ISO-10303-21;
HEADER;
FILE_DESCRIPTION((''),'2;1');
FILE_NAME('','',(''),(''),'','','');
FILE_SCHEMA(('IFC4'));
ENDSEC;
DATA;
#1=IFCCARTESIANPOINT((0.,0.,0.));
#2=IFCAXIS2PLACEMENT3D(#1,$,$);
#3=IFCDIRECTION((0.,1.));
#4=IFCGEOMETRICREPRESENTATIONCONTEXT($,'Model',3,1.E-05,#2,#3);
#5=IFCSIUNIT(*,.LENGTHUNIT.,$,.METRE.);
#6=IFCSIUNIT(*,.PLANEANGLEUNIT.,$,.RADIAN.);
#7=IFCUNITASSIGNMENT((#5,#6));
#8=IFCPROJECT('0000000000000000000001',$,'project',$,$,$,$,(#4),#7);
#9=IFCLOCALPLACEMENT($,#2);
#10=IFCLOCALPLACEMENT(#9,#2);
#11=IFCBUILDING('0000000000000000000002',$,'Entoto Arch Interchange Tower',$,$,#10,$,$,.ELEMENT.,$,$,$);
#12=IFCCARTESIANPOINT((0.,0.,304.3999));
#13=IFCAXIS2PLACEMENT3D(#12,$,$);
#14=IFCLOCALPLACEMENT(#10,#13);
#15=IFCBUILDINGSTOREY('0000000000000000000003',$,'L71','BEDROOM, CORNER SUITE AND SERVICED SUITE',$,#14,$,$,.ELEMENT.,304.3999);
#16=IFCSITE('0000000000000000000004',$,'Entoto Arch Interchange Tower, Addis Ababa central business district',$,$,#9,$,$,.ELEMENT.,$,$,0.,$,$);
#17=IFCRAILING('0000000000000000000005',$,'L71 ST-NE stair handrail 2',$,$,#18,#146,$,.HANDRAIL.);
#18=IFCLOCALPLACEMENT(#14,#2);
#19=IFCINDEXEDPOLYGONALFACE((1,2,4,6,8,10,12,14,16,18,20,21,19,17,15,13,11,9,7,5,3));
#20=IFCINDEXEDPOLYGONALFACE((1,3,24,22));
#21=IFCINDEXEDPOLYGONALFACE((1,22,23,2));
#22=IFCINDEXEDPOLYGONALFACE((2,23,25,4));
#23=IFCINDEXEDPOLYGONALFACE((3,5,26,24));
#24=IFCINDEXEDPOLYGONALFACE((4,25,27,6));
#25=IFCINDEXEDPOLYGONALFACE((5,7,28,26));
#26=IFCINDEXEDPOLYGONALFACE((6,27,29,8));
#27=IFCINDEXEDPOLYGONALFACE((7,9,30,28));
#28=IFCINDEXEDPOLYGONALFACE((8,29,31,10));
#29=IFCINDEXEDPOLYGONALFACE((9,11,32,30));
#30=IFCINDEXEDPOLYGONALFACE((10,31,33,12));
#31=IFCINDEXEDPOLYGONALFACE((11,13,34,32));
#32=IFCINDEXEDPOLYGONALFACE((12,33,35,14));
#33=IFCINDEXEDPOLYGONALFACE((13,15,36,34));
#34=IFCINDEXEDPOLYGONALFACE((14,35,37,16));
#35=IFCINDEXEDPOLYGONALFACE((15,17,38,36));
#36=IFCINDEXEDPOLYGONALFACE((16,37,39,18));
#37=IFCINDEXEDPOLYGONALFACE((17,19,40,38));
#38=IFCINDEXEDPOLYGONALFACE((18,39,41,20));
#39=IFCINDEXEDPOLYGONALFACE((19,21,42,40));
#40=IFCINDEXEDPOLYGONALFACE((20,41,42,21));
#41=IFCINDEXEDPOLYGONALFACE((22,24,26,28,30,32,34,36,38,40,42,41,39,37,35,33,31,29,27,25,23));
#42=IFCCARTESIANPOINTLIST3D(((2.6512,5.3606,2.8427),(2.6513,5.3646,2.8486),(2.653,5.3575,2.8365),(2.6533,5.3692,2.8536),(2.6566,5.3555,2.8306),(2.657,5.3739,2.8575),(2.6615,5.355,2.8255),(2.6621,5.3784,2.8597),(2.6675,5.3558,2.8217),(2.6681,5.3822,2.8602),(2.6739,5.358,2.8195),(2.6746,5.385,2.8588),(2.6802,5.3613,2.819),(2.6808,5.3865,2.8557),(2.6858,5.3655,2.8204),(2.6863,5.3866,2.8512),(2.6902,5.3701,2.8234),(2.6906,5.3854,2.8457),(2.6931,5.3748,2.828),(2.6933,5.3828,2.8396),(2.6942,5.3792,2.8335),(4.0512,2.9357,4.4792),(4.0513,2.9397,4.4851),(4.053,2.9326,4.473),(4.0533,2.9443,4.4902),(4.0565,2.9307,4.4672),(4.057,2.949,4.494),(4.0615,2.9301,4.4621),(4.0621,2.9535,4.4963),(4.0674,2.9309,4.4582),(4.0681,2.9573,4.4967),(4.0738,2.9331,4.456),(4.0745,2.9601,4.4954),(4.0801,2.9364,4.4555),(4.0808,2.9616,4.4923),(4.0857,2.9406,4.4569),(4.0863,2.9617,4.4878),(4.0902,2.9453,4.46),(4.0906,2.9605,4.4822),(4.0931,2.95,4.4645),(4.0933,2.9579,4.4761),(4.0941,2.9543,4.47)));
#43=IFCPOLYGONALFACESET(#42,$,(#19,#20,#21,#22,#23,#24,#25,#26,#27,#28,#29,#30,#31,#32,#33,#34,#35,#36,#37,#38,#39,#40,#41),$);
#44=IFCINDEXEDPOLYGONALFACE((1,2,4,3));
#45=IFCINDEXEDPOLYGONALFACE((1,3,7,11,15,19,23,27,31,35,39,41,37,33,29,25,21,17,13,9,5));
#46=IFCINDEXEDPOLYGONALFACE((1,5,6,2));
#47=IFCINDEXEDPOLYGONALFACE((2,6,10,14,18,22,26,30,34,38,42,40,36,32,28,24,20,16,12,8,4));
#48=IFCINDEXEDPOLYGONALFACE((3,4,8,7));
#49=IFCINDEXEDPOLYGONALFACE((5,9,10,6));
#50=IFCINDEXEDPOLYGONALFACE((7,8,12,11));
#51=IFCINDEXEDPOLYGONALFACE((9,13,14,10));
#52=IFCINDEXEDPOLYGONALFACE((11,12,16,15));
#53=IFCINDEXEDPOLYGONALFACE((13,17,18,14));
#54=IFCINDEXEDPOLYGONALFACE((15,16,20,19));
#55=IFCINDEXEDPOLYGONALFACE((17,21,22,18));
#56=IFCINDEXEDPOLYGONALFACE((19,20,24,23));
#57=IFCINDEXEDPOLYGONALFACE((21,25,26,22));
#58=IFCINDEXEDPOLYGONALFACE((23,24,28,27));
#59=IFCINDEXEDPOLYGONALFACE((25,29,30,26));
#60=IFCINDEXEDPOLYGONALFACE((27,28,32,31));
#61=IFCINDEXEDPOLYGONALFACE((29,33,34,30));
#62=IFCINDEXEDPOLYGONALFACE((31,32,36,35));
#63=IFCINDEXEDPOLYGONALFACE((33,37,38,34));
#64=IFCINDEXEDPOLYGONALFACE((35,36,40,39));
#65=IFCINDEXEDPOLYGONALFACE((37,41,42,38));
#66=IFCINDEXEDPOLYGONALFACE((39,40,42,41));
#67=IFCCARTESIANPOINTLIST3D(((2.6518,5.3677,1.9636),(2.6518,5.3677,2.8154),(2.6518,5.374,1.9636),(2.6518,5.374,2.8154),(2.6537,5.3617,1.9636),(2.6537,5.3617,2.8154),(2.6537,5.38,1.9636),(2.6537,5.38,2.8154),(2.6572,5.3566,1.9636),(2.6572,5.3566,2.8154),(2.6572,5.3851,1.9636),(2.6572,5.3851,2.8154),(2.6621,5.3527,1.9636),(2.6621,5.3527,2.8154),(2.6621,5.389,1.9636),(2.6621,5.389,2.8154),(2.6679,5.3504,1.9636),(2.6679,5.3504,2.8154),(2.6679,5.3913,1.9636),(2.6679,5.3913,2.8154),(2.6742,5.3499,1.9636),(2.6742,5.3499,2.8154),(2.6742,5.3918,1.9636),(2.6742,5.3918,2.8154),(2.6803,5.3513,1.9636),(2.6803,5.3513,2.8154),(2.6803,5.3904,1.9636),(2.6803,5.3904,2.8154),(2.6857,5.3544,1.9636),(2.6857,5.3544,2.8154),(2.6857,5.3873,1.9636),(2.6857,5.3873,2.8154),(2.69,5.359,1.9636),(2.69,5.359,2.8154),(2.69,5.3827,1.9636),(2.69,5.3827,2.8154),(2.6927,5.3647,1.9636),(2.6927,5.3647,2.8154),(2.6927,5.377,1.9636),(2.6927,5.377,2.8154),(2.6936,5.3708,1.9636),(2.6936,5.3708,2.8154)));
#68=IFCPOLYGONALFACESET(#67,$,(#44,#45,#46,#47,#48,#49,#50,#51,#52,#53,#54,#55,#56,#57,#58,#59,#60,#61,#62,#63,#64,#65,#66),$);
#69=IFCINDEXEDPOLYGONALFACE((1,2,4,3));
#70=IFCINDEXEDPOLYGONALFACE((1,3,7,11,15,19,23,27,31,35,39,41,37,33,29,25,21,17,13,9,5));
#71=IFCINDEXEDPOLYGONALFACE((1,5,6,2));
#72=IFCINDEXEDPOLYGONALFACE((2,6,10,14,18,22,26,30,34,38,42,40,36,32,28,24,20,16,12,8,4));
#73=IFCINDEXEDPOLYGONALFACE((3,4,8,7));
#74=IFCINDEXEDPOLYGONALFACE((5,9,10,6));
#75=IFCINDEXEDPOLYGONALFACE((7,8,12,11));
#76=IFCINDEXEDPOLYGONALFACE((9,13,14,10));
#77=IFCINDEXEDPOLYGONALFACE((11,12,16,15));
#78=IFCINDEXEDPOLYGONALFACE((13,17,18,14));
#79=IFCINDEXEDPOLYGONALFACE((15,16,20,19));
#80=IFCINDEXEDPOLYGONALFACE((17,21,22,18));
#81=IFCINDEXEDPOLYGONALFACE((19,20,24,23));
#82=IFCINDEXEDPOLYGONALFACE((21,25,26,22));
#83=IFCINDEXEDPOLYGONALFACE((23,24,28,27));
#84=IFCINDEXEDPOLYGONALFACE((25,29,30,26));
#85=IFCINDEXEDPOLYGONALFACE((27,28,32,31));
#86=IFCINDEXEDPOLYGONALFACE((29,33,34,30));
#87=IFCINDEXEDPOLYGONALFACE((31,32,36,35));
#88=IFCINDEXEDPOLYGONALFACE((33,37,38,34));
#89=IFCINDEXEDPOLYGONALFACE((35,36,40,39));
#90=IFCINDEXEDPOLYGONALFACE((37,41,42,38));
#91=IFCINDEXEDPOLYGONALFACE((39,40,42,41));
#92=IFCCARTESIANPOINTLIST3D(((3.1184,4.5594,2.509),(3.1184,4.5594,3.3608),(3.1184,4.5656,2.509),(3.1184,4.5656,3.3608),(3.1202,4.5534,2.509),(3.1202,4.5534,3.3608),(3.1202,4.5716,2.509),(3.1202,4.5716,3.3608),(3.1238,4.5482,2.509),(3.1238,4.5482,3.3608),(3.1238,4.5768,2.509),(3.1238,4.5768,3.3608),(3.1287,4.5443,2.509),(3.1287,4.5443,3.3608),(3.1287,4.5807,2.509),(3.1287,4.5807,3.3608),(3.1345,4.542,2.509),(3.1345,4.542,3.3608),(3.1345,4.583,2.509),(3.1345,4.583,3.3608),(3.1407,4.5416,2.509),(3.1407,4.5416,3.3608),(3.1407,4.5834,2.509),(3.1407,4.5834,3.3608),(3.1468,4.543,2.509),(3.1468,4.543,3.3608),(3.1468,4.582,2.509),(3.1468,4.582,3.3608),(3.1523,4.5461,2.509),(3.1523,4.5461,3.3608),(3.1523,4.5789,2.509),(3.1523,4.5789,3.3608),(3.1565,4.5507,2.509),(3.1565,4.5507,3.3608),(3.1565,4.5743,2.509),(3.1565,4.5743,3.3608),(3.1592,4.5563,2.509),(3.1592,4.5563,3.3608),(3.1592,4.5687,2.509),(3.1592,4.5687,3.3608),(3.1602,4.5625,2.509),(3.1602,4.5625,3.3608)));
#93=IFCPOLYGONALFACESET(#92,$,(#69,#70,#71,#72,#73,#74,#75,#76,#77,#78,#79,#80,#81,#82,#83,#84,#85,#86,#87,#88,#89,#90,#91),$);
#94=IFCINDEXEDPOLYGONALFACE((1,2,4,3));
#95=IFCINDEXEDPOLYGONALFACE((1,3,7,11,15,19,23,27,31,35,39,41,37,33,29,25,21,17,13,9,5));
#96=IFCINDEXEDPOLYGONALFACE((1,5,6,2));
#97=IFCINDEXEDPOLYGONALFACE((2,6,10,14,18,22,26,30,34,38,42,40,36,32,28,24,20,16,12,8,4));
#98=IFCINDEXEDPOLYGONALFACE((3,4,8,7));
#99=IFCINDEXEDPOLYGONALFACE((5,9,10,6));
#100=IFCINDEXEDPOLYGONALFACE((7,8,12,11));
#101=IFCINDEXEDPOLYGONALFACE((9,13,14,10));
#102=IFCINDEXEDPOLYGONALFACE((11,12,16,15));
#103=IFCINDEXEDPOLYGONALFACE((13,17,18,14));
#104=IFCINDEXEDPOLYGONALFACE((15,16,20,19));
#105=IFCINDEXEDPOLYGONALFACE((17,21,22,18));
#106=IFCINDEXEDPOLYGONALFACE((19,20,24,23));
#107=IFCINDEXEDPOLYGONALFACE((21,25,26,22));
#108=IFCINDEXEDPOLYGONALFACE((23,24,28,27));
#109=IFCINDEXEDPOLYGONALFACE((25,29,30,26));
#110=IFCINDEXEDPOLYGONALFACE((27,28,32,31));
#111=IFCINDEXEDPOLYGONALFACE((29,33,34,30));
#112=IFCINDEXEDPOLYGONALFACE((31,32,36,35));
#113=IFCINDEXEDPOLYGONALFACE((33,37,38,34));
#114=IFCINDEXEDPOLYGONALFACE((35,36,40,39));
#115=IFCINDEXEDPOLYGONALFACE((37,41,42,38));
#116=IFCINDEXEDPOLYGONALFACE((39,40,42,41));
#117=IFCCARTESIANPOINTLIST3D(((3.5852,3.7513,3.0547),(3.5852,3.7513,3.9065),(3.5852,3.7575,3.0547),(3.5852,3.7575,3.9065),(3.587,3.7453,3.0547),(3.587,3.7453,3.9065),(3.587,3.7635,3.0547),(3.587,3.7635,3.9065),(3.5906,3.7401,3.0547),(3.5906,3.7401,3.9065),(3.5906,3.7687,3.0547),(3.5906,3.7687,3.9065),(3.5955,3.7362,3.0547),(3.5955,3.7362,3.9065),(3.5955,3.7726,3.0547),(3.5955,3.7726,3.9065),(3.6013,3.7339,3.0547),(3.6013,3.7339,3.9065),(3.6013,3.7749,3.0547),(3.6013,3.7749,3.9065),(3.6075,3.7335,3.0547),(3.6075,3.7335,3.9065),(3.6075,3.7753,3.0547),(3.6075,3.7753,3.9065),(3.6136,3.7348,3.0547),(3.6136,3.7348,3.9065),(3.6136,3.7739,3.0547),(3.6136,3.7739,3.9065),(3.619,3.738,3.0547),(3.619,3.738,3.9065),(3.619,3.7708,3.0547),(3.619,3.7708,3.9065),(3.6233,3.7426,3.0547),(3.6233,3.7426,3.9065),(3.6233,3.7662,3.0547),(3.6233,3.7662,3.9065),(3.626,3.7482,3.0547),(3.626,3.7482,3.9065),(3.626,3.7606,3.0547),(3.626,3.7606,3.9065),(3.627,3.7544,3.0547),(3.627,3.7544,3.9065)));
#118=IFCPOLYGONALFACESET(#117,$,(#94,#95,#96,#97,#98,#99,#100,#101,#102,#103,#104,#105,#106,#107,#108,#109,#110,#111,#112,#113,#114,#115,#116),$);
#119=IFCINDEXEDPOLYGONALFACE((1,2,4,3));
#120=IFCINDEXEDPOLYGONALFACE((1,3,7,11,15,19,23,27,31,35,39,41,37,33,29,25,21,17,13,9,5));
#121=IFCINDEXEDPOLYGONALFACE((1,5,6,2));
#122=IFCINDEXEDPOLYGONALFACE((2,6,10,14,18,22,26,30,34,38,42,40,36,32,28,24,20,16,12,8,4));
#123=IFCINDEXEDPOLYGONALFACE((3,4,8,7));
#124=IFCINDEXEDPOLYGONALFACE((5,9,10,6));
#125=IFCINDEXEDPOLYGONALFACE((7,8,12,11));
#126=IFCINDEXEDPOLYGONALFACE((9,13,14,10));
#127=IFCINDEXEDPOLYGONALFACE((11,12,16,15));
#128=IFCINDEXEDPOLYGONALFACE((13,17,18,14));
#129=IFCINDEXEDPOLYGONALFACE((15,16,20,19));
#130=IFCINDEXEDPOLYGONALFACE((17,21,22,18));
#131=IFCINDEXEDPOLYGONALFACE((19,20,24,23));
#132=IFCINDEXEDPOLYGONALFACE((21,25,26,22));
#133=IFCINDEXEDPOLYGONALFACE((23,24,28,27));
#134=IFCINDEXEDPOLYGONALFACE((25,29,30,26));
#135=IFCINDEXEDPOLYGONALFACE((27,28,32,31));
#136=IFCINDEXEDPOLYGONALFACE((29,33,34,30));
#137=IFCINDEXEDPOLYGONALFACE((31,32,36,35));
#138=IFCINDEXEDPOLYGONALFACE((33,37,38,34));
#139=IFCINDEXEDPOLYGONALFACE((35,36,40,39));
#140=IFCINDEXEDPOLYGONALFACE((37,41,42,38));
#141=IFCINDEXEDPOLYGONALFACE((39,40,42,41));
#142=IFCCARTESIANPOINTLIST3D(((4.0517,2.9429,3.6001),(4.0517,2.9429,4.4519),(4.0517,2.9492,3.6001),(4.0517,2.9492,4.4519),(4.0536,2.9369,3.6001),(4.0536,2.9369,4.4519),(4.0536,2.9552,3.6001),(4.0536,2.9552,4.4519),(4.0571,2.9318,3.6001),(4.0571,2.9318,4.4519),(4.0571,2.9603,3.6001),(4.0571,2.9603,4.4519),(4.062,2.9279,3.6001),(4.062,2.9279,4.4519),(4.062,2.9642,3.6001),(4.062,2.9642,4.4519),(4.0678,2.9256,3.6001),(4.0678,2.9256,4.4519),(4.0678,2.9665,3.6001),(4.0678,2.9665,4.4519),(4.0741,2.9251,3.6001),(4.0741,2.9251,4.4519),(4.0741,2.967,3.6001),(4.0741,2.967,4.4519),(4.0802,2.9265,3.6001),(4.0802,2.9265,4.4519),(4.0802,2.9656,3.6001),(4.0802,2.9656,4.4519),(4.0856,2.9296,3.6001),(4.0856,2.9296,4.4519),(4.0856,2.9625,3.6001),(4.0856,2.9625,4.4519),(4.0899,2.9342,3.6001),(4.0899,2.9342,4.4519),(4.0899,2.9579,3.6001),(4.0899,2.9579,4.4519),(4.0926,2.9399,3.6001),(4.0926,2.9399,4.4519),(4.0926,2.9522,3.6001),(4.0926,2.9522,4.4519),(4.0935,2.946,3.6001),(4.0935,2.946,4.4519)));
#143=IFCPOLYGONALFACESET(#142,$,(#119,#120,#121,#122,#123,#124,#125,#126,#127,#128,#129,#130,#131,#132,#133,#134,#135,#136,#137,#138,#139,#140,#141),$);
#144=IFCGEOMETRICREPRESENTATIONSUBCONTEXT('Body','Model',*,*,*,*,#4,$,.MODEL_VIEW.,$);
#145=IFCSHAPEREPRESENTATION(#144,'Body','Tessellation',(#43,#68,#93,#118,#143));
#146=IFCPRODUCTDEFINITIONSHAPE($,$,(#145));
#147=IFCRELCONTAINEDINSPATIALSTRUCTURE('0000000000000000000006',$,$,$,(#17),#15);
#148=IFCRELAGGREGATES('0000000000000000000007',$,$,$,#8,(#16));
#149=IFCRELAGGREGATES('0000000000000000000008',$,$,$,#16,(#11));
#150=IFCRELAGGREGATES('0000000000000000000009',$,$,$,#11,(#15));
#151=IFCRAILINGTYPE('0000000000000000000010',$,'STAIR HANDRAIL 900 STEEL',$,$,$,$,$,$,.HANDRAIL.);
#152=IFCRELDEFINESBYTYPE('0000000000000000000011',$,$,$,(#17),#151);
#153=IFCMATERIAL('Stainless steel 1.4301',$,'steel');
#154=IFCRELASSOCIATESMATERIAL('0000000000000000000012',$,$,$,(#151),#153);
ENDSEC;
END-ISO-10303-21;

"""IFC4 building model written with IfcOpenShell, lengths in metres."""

from ifc_helpers import new_model, si_unit, direction, frame, origin, origin_2d, place, context, subcontext, project, spatial, circle, extrude, material, type_object, element, save


model = new_model("IFC4")

# Units and contexts
model_context = context("Model", 3, precision=1e-05, world=origin(), true_north=direction((0.0, 1.0)))
body_context = subcontext(model_context, "Body", "Model", "MODEL_VIEW")
ifc_project = project(units=[si_unit("LENGTHUNIT", "METRE"), si_unit("PLANEANGLEUNIT", "RADIAN")], contexts=[model_context])

# Site, building, storey
site_placement = place(None, origin())
site = spatial("IfcSite", under=ifc_project, at=site_placement, Name="Entoto Arch Interchange Tower, Addis Ababa central business district", CompositionType="ELEMENT", RefElevation=0.0)
building_placement = place(site_placement, origin())
building = spatial("IfcBuilding", under=site, at=building_placement, Name="Entoto Arch Interchange Tower", CompositionType="ELEMENT")
storey_placement = place(building_placement, frame((0.0, 0.0, 304.3999)))
storey = spatial("IfcBuildingStorey", under=building, at=storey_placement, Name="L71", Description="BEDROOM, CORNER SUITE AND SERVICED SUITE", CompositionType="ELEMENT", Elevation=304.3999)

# Railing
ifc_material_1 = material(Name="Stainless steel 1.4301", Category="steel")
railing_type_1 = type_object("IfcRailingType", Name="STAIR HANDRAIL 900 STEEL", PredefinedType="HANDRAIL", material=ifc_material_1)
railing_1_placement = place(storey_placement, frame((2.6726, 5.3708, 1.9636)))
element("IfcRailing", 1, at=railing_1_placement, inside=storey, type_object=railing_type_1, Name="L71 ST-NE stair handrail 2", PredefinedType="HANDRAIL", context=body_context, shape_type="SweptSolid", body=[
    extrude(circle(Radius=0.0239, at=origin_2d()), frame((0.0, 0.0, 0.876), z_axis=(0.431661, -0.74769, 0.504608), x_axis=(0.866035, 0.499984, 0.0)), (0.0, 0.0, 1.0), 3.2432),
    extrude(circle(Radius=0.021, at=origin_2d()), origin(), (0.0, 0.0, 1.0), 0.8518),
    extrude(circle(Radius=0.021, at=origin_2d()), frame((0.4666, -0.8083, 0.5454)), (0.0, 0.0, 1.0), 0.8518),
    extrude(circle(Radius=0.021, at=origin_2d()), frame((0.9333, -1.6165, 1.0911)), (0.0, 0.0, 1.0), 0.8518),
    extrude(circle(Radius=0.021, at=origin_2d()), frame((1.3999, -2.4248, 1.6365)), (0.0, 0.0, 1.0), 0.8518),
])

save(model, "model.ifc")
